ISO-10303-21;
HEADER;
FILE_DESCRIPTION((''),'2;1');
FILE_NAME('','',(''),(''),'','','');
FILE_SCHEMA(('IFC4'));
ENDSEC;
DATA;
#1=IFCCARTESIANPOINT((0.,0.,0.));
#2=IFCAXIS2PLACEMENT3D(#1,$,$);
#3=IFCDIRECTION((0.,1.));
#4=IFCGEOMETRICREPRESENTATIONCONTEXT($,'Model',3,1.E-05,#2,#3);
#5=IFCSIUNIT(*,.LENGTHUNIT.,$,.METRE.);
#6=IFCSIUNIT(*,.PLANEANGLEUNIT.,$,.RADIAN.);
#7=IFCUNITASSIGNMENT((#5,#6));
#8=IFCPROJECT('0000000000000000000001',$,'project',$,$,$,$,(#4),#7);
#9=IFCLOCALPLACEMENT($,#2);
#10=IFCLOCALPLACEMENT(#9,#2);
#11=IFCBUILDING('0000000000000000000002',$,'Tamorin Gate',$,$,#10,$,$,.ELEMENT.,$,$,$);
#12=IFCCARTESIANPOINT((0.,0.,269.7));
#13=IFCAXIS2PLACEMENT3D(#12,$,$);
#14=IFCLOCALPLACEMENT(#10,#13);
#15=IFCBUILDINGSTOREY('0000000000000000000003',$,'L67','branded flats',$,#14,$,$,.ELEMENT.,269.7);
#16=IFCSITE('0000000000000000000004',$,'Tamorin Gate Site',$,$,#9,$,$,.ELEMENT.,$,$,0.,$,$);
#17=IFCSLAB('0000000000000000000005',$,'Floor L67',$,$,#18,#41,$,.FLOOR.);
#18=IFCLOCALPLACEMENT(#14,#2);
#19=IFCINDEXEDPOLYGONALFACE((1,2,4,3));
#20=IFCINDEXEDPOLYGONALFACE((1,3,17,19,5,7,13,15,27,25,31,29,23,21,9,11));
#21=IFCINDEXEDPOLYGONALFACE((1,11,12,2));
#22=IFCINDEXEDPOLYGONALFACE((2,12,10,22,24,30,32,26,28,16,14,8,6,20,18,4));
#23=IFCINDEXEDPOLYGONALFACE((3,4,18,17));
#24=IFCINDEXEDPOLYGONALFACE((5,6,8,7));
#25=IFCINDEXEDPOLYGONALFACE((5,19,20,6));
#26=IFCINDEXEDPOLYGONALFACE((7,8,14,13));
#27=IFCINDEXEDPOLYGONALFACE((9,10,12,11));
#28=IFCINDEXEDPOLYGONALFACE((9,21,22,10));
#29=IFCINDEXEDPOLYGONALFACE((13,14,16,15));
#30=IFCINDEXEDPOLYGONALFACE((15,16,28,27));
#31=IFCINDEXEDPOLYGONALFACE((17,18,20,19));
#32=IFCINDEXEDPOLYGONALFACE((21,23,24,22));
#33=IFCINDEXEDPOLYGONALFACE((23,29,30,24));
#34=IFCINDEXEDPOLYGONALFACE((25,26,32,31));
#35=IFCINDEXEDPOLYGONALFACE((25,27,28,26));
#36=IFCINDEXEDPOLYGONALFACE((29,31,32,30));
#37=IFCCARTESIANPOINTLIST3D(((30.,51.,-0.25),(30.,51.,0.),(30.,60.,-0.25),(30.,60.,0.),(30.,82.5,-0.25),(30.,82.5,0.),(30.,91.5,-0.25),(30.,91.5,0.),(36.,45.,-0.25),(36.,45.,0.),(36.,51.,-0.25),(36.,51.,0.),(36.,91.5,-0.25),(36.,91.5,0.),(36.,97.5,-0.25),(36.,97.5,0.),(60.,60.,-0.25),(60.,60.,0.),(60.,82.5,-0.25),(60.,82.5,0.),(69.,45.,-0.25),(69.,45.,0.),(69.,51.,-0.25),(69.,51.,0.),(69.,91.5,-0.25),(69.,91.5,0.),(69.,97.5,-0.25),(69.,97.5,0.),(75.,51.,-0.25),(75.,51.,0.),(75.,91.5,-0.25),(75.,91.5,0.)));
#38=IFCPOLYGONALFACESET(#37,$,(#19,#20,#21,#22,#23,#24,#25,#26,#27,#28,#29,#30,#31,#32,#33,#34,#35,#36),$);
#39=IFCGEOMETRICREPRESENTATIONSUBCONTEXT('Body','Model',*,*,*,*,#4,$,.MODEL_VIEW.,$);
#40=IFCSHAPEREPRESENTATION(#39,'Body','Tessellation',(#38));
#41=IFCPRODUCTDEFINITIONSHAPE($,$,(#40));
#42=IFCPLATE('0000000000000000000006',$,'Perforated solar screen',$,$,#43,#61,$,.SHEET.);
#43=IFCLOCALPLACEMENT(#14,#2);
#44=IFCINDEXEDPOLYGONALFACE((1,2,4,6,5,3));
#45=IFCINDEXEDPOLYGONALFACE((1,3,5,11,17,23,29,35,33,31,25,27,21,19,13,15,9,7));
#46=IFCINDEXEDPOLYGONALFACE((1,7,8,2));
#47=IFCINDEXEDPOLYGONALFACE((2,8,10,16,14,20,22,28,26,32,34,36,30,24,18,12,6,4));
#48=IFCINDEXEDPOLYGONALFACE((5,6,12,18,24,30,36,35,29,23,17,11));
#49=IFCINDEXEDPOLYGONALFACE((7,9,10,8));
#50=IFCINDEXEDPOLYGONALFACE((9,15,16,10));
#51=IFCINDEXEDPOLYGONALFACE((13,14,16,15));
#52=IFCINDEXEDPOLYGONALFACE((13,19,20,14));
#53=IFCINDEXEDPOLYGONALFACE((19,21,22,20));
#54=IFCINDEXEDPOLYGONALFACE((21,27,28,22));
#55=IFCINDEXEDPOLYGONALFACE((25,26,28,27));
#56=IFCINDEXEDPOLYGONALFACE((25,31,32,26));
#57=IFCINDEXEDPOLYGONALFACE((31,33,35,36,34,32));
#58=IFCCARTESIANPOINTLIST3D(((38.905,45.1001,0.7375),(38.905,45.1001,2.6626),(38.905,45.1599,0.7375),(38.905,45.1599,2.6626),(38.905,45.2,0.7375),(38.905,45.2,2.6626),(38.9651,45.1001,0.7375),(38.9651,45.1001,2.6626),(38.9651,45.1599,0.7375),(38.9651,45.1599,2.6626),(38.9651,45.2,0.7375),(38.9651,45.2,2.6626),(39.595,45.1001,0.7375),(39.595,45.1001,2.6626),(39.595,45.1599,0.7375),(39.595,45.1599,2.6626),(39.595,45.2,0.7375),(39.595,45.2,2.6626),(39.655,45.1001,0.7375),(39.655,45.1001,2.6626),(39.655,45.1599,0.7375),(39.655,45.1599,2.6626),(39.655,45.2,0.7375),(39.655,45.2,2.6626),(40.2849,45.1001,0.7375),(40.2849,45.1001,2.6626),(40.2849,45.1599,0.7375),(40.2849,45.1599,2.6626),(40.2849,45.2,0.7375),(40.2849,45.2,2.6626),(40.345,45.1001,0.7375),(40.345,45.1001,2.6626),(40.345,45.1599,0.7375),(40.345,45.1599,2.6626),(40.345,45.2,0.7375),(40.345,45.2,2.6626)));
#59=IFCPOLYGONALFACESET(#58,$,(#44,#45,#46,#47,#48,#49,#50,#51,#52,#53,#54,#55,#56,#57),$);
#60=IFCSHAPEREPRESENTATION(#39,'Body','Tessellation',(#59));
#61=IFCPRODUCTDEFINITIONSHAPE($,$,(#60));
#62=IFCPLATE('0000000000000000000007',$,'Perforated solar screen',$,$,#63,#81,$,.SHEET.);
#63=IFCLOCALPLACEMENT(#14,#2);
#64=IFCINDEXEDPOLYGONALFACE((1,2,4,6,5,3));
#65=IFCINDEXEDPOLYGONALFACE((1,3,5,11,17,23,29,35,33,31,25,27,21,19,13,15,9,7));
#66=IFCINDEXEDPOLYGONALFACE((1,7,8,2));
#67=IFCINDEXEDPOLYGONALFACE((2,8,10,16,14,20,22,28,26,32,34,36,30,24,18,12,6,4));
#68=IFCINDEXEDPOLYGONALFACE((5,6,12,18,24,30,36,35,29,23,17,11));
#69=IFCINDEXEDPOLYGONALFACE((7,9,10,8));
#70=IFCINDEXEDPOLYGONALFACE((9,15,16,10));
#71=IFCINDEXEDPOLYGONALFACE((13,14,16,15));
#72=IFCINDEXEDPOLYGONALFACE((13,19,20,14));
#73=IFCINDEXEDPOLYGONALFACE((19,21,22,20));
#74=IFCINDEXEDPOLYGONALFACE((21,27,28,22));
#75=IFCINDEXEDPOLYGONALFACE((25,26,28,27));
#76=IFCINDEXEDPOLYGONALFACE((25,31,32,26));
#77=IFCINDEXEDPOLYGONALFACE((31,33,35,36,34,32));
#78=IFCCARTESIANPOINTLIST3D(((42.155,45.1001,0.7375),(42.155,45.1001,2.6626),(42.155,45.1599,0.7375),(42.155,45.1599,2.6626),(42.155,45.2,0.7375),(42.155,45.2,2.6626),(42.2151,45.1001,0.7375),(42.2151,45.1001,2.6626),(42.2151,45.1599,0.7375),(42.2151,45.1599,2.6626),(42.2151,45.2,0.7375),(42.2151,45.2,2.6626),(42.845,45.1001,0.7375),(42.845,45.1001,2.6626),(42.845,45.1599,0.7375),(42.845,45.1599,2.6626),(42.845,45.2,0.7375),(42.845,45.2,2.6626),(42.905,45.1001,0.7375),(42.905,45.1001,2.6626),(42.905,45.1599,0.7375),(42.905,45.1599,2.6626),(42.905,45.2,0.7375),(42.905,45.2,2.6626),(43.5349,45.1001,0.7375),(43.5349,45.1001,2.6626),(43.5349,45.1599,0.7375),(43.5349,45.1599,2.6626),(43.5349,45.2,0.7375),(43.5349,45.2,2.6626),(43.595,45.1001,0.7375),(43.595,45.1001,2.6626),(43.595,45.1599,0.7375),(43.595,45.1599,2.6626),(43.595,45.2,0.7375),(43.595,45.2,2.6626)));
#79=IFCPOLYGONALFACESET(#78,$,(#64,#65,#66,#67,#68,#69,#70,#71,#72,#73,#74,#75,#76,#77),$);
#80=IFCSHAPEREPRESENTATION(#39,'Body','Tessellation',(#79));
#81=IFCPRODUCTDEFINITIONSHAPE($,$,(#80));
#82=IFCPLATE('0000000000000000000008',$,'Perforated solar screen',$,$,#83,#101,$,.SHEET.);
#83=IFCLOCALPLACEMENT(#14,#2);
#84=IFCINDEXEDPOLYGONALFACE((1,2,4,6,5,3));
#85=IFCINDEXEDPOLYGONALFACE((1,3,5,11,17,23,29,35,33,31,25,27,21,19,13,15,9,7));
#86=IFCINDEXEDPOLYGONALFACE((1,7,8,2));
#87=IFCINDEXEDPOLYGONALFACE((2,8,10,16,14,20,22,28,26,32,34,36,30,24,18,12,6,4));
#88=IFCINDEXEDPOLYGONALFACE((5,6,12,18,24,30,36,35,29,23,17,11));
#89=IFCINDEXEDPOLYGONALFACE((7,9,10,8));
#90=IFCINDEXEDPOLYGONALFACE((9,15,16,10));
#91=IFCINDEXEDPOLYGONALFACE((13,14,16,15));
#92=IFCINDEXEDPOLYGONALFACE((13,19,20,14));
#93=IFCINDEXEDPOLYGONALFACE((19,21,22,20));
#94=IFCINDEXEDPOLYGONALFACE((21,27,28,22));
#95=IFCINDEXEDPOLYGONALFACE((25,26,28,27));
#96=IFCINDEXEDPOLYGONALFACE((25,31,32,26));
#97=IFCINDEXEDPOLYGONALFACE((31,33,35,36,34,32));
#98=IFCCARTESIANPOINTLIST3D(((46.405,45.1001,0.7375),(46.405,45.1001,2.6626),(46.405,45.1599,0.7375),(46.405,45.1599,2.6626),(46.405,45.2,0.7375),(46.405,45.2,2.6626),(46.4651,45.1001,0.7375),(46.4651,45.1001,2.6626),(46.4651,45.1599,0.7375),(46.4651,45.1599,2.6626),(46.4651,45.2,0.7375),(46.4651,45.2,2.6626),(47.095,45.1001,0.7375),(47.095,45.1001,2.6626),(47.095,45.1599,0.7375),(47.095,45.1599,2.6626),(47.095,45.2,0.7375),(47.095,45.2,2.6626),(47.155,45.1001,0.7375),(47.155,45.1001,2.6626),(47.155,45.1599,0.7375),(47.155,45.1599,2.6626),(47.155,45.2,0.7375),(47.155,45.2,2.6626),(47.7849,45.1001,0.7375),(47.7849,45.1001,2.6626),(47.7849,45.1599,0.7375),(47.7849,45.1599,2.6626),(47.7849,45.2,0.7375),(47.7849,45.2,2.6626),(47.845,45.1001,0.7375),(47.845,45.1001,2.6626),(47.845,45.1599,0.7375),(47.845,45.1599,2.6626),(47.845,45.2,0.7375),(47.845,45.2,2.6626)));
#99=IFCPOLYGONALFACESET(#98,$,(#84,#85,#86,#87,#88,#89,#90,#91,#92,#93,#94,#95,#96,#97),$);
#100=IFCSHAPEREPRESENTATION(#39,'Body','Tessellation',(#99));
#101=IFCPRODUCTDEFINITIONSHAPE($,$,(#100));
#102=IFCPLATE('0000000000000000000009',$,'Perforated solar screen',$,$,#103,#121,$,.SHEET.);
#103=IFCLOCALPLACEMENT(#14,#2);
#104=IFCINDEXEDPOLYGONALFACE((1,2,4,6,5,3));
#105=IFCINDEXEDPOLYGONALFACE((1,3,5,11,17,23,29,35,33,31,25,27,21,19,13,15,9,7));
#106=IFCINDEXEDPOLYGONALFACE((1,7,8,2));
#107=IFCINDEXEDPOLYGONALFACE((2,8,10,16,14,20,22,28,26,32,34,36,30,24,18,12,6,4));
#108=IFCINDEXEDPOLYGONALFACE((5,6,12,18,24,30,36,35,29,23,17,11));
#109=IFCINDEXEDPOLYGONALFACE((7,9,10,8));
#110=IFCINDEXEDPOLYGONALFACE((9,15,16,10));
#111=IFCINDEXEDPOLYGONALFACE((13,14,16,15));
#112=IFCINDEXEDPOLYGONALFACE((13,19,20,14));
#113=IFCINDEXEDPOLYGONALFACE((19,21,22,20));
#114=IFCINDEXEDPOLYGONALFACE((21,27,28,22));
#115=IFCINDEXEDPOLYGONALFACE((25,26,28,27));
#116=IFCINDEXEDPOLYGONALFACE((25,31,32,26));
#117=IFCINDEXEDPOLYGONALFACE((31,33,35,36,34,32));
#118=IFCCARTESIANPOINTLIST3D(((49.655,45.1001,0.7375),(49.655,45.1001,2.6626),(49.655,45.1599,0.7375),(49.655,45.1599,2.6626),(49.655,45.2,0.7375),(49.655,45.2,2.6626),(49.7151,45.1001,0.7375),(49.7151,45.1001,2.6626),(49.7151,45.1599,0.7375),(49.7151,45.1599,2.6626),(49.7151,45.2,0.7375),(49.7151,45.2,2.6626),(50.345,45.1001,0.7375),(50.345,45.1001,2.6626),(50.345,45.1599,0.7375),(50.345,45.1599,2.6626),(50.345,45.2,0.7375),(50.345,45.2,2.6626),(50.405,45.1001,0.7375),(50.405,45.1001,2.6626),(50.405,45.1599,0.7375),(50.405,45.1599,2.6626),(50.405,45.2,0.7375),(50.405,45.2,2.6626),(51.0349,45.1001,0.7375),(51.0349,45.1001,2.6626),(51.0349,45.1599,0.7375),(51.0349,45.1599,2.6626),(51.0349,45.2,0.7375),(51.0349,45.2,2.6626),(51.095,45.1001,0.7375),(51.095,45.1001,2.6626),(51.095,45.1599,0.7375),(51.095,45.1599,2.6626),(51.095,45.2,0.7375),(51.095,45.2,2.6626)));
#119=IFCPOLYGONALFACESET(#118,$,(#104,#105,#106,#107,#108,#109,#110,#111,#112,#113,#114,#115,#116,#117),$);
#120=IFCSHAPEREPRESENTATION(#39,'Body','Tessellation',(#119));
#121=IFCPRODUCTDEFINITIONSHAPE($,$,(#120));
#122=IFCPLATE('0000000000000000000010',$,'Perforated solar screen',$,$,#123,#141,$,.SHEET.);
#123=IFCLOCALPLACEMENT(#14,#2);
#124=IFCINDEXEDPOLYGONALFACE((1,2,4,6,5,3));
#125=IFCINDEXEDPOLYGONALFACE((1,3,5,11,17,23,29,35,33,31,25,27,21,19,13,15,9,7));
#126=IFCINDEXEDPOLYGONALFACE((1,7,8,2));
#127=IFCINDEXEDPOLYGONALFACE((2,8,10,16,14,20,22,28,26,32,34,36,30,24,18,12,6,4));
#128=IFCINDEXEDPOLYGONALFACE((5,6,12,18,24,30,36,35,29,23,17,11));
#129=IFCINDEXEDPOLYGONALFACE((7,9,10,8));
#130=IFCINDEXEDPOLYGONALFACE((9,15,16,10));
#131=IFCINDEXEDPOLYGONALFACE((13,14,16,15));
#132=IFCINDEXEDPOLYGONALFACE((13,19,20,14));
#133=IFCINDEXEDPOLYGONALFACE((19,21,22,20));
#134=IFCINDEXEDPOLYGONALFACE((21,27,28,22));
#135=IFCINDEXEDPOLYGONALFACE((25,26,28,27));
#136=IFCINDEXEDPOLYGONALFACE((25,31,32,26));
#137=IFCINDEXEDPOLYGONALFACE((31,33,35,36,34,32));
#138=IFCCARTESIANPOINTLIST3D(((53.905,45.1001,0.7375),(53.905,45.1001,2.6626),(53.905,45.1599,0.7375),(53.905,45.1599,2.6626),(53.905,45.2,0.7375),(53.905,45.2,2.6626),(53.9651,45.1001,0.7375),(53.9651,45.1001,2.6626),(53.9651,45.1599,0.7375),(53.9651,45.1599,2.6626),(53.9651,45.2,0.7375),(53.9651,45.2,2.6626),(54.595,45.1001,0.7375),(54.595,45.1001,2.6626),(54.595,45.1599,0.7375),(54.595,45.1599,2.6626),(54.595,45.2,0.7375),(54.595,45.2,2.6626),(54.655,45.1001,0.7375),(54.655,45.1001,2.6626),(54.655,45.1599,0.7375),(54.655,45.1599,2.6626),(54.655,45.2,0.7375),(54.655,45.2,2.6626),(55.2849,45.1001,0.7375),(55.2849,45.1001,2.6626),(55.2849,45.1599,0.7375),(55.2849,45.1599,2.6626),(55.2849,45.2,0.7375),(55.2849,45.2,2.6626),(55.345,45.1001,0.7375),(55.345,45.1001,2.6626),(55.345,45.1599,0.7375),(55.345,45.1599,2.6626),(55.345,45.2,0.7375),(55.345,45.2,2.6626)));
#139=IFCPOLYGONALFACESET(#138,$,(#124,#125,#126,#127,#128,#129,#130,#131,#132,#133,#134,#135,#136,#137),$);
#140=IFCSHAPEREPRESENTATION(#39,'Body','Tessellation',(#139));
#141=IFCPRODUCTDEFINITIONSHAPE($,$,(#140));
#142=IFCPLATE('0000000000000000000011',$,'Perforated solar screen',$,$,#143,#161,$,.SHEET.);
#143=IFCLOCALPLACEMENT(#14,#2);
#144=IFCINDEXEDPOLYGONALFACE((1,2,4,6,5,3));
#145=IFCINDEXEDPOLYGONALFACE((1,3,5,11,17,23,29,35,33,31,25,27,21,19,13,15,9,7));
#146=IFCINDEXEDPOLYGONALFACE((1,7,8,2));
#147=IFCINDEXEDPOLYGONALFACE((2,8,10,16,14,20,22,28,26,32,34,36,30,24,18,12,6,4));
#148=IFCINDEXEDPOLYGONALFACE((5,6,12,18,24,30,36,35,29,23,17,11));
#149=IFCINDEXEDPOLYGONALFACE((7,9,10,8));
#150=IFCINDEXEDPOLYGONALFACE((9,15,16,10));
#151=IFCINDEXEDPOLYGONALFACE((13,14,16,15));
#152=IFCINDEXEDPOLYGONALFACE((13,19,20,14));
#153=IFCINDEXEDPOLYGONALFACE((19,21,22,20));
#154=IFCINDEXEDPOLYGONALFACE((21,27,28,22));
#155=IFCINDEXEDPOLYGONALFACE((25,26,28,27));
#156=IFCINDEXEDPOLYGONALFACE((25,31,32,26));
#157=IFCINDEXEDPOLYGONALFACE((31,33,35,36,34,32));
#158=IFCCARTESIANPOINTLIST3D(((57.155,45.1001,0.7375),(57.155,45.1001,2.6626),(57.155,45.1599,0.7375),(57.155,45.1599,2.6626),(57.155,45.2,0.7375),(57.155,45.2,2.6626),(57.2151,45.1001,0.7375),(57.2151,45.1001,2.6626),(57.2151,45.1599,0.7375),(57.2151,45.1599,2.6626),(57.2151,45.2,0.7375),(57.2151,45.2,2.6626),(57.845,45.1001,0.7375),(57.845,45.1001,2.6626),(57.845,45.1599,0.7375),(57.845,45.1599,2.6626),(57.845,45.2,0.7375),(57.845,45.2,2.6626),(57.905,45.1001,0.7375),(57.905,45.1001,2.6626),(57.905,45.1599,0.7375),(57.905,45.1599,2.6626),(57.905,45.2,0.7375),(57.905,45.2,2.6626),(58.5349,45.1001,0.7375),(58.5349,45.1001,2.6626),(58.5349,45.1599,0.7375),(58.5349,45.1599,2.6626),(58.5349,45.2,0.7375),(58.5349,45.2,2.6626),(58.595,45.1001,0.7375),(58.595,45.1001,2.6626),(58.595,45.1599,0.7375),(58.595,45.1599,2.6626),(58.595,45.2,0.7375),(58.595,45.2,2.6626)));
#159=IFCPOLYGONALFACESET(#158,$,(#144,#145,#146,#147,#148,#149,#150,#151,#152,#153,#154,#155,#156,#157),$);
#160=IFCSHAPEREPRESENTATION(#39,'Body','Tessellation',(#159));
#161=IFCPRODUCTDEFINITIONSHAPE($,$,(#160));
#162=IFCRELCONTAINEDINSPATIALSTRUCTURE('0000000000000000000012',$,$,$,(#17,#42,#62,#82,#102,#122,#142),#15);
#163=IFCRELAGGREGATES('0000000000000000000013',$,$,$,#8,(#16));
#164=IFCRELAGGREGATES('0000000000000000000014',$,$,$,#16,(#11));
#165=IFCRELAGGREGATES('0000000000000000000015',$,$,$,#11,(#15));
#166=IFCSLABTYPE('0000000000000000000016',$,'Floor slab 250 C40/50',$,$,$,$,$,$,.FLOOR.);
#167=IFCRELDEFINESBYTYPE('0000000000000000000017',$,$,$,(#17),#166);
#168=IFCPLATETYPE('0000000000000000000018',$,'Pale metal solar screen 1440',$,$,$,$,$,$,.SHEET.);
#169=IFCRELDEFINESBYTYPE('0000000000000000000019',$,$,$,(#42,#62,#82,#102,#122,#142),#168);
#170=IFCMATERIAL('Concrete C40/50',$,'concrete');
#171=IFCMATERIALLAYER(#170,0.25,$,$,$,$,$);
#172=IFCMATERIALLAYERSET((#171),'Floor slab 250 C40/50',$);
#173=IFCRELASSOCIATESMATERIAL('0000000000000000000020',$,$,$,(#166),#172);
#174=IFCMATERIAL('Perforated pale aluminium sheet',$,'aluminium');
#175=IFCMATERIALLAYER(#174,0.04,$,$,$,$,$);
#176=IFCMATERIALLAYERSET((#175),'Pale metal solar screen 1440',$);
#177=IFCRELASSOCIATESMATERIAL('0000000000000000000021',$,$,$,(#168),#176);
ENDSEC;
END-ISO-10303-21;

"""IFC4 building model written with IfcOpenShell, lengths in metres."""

from ifc_helpers import new_model, si_unit, direction, frame, origin, place, context, subcontext, project, spatial, polyline, outline, extrude, material, layer, layer_set, type_object, element, save


model = new_model("IFC4")

# Units and contexts
model_context = context("Model", 3, precision=1e-05, world=origin(), true_north=direction((0.0, 1.0)))
body_context = subcontext(model_context, "Body", "Model", "MODEL_VIEW")
ifc_project = project(units=[si_unit("LENGTHUNIT", "METRE"), si_unit("PLANEANGLEUNIT", "RADIAN")], contexts=[model_context])

# Site, building, storey
site_placement = place(None, origin())
site = spatial("IfcSite", under=ifc_project, at=site_placement, Name="Tamorin Gate Site", CompositionType="ELEMENT", RefElevation=0.0)
building_placement = place(site_placement, origin())
building = spatial("IfcBuilding", under=site, at=building_placement, Name="Tamorin Gate", CompositionType="ELEMENT")
storey_placement = place(building_placement, frame((0.0, 0.0, 269.7)))
storey = spatial("IfcBuildingStorey", under=building, at=storey_placement, Name="L67", Description="branded flats", CompositionType="ELEMENT", Elevation=269.7)

# Slab
ifc_material_1 = material(Name="Concrete C40/50", Category="concrete")
ifc_layer_1 = layer(ifc_material_1, 0.25)
ifc_layer_set_1 = layer_set([ifc_layer_1], Name="Floor slab 250 C40/50")
slab_type = type_object("IfcSlabType", Name="Floor slab 250 C40/50", PredefinedType="FLOOR", material=ifc_layer_set_1)
slab_placement = place(storey_placement, frame((0.0, 0.0, -0.25)))
element("IfcSlab", 1, at=slab_placement, inside=storey, type_object=slab_type, Name="Floor L67", PredefinedType="FLOOR", context=body_context, shape_type="SweptSolid", body=[
    extrude(outline(polyline([(30.0, 91.5), (36.0, 91.5), (36.0, 97.5), (69.0, 97.5), (69.0, 91.5), (75.0, 91.5), (75.0, 51.0), (69.0, 51.0), (69.0, 45.0), (36.0, 45.0), (36.0, 51.0), (30.0, 51.0), (30.0, 60.0), (60.0, 60.0), (60.0, 82.5), (30.0, 82.5), (30.0, 91.5)])), origin(), (0.0, 0.0, 1.0), 0.25),
])

# Plates
ifc_material_2 = material(Name="Perforated pale aluminium sheet", Category="aluminium")
ifc_layer_2 = layer(ifc_material_2, 0.04)
ifc_layer_set_2 = layer_set([ifc_layer_2], Name="Pale metal solar screen 1440")
plate_type = type_object("IfcPlateType", Name="Pale metal solar screen 1440", PredefinedType="SHEET", material=ifc_layer_set_2)
plate_1_placement = place(storey_placement, frame((0.0, 0.0, 0.7375)))
element("IfcPlate", 2, at=plate_1_placement, inside=storey, type_object=plate_type, Name="Perforated solar screen", PredefinedType="SHEET", context=body_context, shape_type="SweptSolid", body=[
    extrude(outline(polyline([(38.905, 45.1599), (38.905, 45.2), (38.9651, 45.2), (39.595, 45.2), (39.655, 45.2), (40.2849, 45.2), (40.345, 45.2), (40.345, 45.2), (40.345, 45.1599), (40.345, 45.1599), (40.345, 45.1001), (40.2849, 45.1001), (40.2849, 45.1599), (39.655, 45.1599), (39.655, 45.1001), (39.595, 45.1001), (39.595, 45.1599), (38.9651, 45.1599), (38.9651, 45.1001), (38.905, 45.1001), (38.905, 45.1599)])), origin(), (0.0, 0.0, 1.0), 1.925),
])
plate_2_placement = place(storey_placement, frame((0.0, 0.0, 0.7375)))
element("IfcPlate", 3, at=plate_2_placement, inside=storey, type_object=plate_type, Name="Perforated solar screen", PredefinedType="SHEET", context=body_context, shape_type="SweptSolid", body=[
    extrude(outline(polyline([(42.155, 45.1599), (42.155, 45.2), (42.2151, 45.2), (42.845, 45.2), (42.905, 45.2), (43.5349, 45.2), (43.595, 45.2), (43.595, 45.2), (43.595, 45.1599), (43.595, 45.1599), (43.595, 45.1001), (43.5349, 45.1001), (43.5349, 45.1599), (42.905, 45.1599), (42.905, 45.1001), (42.845, 45.1001), (42.845, 45.1599), (42.2151, 45.1599), (42.2151, 45.1001), (42.155, 45.1001), (42.155, 45.1599)])), origin(), (0.0, 0.0, 1.0), 1.925),
])
plate_3_placement = place(storey_placement, frame((0.0, 0.0, 0.7375)))
element("IfcPlate", 4, at=plate_3_placement, inside=storey, type_object=plate_type, Name="Perforated solar screen", PredefinedType="SHEET", context=body_context, shape_type="SweptSolid", body=[
    extrude(outline(polyline([(46.405, 45.1599), (46.405, 45.2), (46.4651, 45.2), (47.095, 45.2), (47.155, 45.2), (47.7849, 45.2), (47.845, 45.2), (47.845, 45.1599), (47.845, 45.1001), (47.7849, 45.1001), (47.7849, 45.1599), (47.155, 45.1599), (47.155, 45.1001), (47.095, 45.1001), (47.095, 45.1599), (46.4651, 45.1599), (46.4651, 45.1001), (46.405, 45.1001), (46.405, 45.1599)])), origin(), (0.0, 0.0, 1.0), 1.925),
])
plate_4_placement = place(storey_placement, frame((0.0, 0.0, 0.7375)))
element("IfcPlate", 5, at=plate_4_placement, inside=storey, type_object=plate_type, Name="Perforated solar screen", PredefinedType="SHEET", context=body_context, shape_type="SweptSolid", body=[
    extrude(outline(polyline([(49.655, 45.1599), (49.655, 45.2), (49.7151, 45.2), (50.345, 45.2), (50.405, 45.2), (51.0349, 45.2), (51.095, 45.2), (51.095, 45.1599), (51.095, 45.1001), (51.0349, 45.1001), (51.0349, 45.1599), (50.405, 45.1599), (50.405, 45.1001), (50.345, 45.1001), (50.345, 45.1599), (49.7151, 45.1599), (49.7151, 45.1001), (49.655, 45.1001), (49.655, 45.1599)])), origin(), (0.0, 0.0, 1.0), 1.925),
])
plate_5_placement = place(storey_placement, frame((0.0, 0.0, 0.7375)))
element("IfcPlate", 6, at=plate_5_placement, inside=storey, type_object=plate_type, Name="Perforated solar screen", PredefinedType="SHEET", context=body_context, shape_type="SweptSolid", body=[
    extrude(outline(polyline([(53.905, 45.1599), (53.905, 45.2), (53.9651, 45.2), (54.595, 45.2), (54.655, 45.2), (55.2849, 45.2), (55.345, 45.2), (55.345, 45.1599), (55.345, 45.1001), (55.2849, 45.1001), (55.2849, 45.1599), (54.655, 45.1599), (54.655, 45.1001), (54.595, 45.1001), (54.595, 45.1599), (53.9651, 45.1599), (53.9651, 45.1001), (53.905, 45.1001), (53.905, 45.1599)])), origin(), (0.0, 0.0, 1.0), 1.925),
])
plate_6_placement = place(storey_placement, frame((0.0, 0.0, 0.7375)))
element("IfcPlate", 7, at=plate_6_placement, inside=storey, type_object=plate_type, Name="Perforated solar screen", PredefinedType="SHEET", context=body_context, shape_type="SweptSolid", body=[
    extrude(outline(polyline([(57.155, 45.1599), (57.155, 45.2), (57.2151, 45.2), (57.845, 45.2), (57.905, 45.2), (58.5349, 45.2), (58.595, 45.2), (58.595, 45.1599), (58.595, 45.1001), (58.5349, 45.1001), (58.5349, 45.1599), (57.905, 45.1599), (57.905, 45.1001), (57.845, 45.1001), (57.845, 45.1599), (57.2151, 45.1599), (57.2151, 45.1001), (57.155, 45.1001), (57.155, 45.1599)])), origin(), (0.0, 0.0, 1.0), 1.925),
])

save(model, "model.ifc")
